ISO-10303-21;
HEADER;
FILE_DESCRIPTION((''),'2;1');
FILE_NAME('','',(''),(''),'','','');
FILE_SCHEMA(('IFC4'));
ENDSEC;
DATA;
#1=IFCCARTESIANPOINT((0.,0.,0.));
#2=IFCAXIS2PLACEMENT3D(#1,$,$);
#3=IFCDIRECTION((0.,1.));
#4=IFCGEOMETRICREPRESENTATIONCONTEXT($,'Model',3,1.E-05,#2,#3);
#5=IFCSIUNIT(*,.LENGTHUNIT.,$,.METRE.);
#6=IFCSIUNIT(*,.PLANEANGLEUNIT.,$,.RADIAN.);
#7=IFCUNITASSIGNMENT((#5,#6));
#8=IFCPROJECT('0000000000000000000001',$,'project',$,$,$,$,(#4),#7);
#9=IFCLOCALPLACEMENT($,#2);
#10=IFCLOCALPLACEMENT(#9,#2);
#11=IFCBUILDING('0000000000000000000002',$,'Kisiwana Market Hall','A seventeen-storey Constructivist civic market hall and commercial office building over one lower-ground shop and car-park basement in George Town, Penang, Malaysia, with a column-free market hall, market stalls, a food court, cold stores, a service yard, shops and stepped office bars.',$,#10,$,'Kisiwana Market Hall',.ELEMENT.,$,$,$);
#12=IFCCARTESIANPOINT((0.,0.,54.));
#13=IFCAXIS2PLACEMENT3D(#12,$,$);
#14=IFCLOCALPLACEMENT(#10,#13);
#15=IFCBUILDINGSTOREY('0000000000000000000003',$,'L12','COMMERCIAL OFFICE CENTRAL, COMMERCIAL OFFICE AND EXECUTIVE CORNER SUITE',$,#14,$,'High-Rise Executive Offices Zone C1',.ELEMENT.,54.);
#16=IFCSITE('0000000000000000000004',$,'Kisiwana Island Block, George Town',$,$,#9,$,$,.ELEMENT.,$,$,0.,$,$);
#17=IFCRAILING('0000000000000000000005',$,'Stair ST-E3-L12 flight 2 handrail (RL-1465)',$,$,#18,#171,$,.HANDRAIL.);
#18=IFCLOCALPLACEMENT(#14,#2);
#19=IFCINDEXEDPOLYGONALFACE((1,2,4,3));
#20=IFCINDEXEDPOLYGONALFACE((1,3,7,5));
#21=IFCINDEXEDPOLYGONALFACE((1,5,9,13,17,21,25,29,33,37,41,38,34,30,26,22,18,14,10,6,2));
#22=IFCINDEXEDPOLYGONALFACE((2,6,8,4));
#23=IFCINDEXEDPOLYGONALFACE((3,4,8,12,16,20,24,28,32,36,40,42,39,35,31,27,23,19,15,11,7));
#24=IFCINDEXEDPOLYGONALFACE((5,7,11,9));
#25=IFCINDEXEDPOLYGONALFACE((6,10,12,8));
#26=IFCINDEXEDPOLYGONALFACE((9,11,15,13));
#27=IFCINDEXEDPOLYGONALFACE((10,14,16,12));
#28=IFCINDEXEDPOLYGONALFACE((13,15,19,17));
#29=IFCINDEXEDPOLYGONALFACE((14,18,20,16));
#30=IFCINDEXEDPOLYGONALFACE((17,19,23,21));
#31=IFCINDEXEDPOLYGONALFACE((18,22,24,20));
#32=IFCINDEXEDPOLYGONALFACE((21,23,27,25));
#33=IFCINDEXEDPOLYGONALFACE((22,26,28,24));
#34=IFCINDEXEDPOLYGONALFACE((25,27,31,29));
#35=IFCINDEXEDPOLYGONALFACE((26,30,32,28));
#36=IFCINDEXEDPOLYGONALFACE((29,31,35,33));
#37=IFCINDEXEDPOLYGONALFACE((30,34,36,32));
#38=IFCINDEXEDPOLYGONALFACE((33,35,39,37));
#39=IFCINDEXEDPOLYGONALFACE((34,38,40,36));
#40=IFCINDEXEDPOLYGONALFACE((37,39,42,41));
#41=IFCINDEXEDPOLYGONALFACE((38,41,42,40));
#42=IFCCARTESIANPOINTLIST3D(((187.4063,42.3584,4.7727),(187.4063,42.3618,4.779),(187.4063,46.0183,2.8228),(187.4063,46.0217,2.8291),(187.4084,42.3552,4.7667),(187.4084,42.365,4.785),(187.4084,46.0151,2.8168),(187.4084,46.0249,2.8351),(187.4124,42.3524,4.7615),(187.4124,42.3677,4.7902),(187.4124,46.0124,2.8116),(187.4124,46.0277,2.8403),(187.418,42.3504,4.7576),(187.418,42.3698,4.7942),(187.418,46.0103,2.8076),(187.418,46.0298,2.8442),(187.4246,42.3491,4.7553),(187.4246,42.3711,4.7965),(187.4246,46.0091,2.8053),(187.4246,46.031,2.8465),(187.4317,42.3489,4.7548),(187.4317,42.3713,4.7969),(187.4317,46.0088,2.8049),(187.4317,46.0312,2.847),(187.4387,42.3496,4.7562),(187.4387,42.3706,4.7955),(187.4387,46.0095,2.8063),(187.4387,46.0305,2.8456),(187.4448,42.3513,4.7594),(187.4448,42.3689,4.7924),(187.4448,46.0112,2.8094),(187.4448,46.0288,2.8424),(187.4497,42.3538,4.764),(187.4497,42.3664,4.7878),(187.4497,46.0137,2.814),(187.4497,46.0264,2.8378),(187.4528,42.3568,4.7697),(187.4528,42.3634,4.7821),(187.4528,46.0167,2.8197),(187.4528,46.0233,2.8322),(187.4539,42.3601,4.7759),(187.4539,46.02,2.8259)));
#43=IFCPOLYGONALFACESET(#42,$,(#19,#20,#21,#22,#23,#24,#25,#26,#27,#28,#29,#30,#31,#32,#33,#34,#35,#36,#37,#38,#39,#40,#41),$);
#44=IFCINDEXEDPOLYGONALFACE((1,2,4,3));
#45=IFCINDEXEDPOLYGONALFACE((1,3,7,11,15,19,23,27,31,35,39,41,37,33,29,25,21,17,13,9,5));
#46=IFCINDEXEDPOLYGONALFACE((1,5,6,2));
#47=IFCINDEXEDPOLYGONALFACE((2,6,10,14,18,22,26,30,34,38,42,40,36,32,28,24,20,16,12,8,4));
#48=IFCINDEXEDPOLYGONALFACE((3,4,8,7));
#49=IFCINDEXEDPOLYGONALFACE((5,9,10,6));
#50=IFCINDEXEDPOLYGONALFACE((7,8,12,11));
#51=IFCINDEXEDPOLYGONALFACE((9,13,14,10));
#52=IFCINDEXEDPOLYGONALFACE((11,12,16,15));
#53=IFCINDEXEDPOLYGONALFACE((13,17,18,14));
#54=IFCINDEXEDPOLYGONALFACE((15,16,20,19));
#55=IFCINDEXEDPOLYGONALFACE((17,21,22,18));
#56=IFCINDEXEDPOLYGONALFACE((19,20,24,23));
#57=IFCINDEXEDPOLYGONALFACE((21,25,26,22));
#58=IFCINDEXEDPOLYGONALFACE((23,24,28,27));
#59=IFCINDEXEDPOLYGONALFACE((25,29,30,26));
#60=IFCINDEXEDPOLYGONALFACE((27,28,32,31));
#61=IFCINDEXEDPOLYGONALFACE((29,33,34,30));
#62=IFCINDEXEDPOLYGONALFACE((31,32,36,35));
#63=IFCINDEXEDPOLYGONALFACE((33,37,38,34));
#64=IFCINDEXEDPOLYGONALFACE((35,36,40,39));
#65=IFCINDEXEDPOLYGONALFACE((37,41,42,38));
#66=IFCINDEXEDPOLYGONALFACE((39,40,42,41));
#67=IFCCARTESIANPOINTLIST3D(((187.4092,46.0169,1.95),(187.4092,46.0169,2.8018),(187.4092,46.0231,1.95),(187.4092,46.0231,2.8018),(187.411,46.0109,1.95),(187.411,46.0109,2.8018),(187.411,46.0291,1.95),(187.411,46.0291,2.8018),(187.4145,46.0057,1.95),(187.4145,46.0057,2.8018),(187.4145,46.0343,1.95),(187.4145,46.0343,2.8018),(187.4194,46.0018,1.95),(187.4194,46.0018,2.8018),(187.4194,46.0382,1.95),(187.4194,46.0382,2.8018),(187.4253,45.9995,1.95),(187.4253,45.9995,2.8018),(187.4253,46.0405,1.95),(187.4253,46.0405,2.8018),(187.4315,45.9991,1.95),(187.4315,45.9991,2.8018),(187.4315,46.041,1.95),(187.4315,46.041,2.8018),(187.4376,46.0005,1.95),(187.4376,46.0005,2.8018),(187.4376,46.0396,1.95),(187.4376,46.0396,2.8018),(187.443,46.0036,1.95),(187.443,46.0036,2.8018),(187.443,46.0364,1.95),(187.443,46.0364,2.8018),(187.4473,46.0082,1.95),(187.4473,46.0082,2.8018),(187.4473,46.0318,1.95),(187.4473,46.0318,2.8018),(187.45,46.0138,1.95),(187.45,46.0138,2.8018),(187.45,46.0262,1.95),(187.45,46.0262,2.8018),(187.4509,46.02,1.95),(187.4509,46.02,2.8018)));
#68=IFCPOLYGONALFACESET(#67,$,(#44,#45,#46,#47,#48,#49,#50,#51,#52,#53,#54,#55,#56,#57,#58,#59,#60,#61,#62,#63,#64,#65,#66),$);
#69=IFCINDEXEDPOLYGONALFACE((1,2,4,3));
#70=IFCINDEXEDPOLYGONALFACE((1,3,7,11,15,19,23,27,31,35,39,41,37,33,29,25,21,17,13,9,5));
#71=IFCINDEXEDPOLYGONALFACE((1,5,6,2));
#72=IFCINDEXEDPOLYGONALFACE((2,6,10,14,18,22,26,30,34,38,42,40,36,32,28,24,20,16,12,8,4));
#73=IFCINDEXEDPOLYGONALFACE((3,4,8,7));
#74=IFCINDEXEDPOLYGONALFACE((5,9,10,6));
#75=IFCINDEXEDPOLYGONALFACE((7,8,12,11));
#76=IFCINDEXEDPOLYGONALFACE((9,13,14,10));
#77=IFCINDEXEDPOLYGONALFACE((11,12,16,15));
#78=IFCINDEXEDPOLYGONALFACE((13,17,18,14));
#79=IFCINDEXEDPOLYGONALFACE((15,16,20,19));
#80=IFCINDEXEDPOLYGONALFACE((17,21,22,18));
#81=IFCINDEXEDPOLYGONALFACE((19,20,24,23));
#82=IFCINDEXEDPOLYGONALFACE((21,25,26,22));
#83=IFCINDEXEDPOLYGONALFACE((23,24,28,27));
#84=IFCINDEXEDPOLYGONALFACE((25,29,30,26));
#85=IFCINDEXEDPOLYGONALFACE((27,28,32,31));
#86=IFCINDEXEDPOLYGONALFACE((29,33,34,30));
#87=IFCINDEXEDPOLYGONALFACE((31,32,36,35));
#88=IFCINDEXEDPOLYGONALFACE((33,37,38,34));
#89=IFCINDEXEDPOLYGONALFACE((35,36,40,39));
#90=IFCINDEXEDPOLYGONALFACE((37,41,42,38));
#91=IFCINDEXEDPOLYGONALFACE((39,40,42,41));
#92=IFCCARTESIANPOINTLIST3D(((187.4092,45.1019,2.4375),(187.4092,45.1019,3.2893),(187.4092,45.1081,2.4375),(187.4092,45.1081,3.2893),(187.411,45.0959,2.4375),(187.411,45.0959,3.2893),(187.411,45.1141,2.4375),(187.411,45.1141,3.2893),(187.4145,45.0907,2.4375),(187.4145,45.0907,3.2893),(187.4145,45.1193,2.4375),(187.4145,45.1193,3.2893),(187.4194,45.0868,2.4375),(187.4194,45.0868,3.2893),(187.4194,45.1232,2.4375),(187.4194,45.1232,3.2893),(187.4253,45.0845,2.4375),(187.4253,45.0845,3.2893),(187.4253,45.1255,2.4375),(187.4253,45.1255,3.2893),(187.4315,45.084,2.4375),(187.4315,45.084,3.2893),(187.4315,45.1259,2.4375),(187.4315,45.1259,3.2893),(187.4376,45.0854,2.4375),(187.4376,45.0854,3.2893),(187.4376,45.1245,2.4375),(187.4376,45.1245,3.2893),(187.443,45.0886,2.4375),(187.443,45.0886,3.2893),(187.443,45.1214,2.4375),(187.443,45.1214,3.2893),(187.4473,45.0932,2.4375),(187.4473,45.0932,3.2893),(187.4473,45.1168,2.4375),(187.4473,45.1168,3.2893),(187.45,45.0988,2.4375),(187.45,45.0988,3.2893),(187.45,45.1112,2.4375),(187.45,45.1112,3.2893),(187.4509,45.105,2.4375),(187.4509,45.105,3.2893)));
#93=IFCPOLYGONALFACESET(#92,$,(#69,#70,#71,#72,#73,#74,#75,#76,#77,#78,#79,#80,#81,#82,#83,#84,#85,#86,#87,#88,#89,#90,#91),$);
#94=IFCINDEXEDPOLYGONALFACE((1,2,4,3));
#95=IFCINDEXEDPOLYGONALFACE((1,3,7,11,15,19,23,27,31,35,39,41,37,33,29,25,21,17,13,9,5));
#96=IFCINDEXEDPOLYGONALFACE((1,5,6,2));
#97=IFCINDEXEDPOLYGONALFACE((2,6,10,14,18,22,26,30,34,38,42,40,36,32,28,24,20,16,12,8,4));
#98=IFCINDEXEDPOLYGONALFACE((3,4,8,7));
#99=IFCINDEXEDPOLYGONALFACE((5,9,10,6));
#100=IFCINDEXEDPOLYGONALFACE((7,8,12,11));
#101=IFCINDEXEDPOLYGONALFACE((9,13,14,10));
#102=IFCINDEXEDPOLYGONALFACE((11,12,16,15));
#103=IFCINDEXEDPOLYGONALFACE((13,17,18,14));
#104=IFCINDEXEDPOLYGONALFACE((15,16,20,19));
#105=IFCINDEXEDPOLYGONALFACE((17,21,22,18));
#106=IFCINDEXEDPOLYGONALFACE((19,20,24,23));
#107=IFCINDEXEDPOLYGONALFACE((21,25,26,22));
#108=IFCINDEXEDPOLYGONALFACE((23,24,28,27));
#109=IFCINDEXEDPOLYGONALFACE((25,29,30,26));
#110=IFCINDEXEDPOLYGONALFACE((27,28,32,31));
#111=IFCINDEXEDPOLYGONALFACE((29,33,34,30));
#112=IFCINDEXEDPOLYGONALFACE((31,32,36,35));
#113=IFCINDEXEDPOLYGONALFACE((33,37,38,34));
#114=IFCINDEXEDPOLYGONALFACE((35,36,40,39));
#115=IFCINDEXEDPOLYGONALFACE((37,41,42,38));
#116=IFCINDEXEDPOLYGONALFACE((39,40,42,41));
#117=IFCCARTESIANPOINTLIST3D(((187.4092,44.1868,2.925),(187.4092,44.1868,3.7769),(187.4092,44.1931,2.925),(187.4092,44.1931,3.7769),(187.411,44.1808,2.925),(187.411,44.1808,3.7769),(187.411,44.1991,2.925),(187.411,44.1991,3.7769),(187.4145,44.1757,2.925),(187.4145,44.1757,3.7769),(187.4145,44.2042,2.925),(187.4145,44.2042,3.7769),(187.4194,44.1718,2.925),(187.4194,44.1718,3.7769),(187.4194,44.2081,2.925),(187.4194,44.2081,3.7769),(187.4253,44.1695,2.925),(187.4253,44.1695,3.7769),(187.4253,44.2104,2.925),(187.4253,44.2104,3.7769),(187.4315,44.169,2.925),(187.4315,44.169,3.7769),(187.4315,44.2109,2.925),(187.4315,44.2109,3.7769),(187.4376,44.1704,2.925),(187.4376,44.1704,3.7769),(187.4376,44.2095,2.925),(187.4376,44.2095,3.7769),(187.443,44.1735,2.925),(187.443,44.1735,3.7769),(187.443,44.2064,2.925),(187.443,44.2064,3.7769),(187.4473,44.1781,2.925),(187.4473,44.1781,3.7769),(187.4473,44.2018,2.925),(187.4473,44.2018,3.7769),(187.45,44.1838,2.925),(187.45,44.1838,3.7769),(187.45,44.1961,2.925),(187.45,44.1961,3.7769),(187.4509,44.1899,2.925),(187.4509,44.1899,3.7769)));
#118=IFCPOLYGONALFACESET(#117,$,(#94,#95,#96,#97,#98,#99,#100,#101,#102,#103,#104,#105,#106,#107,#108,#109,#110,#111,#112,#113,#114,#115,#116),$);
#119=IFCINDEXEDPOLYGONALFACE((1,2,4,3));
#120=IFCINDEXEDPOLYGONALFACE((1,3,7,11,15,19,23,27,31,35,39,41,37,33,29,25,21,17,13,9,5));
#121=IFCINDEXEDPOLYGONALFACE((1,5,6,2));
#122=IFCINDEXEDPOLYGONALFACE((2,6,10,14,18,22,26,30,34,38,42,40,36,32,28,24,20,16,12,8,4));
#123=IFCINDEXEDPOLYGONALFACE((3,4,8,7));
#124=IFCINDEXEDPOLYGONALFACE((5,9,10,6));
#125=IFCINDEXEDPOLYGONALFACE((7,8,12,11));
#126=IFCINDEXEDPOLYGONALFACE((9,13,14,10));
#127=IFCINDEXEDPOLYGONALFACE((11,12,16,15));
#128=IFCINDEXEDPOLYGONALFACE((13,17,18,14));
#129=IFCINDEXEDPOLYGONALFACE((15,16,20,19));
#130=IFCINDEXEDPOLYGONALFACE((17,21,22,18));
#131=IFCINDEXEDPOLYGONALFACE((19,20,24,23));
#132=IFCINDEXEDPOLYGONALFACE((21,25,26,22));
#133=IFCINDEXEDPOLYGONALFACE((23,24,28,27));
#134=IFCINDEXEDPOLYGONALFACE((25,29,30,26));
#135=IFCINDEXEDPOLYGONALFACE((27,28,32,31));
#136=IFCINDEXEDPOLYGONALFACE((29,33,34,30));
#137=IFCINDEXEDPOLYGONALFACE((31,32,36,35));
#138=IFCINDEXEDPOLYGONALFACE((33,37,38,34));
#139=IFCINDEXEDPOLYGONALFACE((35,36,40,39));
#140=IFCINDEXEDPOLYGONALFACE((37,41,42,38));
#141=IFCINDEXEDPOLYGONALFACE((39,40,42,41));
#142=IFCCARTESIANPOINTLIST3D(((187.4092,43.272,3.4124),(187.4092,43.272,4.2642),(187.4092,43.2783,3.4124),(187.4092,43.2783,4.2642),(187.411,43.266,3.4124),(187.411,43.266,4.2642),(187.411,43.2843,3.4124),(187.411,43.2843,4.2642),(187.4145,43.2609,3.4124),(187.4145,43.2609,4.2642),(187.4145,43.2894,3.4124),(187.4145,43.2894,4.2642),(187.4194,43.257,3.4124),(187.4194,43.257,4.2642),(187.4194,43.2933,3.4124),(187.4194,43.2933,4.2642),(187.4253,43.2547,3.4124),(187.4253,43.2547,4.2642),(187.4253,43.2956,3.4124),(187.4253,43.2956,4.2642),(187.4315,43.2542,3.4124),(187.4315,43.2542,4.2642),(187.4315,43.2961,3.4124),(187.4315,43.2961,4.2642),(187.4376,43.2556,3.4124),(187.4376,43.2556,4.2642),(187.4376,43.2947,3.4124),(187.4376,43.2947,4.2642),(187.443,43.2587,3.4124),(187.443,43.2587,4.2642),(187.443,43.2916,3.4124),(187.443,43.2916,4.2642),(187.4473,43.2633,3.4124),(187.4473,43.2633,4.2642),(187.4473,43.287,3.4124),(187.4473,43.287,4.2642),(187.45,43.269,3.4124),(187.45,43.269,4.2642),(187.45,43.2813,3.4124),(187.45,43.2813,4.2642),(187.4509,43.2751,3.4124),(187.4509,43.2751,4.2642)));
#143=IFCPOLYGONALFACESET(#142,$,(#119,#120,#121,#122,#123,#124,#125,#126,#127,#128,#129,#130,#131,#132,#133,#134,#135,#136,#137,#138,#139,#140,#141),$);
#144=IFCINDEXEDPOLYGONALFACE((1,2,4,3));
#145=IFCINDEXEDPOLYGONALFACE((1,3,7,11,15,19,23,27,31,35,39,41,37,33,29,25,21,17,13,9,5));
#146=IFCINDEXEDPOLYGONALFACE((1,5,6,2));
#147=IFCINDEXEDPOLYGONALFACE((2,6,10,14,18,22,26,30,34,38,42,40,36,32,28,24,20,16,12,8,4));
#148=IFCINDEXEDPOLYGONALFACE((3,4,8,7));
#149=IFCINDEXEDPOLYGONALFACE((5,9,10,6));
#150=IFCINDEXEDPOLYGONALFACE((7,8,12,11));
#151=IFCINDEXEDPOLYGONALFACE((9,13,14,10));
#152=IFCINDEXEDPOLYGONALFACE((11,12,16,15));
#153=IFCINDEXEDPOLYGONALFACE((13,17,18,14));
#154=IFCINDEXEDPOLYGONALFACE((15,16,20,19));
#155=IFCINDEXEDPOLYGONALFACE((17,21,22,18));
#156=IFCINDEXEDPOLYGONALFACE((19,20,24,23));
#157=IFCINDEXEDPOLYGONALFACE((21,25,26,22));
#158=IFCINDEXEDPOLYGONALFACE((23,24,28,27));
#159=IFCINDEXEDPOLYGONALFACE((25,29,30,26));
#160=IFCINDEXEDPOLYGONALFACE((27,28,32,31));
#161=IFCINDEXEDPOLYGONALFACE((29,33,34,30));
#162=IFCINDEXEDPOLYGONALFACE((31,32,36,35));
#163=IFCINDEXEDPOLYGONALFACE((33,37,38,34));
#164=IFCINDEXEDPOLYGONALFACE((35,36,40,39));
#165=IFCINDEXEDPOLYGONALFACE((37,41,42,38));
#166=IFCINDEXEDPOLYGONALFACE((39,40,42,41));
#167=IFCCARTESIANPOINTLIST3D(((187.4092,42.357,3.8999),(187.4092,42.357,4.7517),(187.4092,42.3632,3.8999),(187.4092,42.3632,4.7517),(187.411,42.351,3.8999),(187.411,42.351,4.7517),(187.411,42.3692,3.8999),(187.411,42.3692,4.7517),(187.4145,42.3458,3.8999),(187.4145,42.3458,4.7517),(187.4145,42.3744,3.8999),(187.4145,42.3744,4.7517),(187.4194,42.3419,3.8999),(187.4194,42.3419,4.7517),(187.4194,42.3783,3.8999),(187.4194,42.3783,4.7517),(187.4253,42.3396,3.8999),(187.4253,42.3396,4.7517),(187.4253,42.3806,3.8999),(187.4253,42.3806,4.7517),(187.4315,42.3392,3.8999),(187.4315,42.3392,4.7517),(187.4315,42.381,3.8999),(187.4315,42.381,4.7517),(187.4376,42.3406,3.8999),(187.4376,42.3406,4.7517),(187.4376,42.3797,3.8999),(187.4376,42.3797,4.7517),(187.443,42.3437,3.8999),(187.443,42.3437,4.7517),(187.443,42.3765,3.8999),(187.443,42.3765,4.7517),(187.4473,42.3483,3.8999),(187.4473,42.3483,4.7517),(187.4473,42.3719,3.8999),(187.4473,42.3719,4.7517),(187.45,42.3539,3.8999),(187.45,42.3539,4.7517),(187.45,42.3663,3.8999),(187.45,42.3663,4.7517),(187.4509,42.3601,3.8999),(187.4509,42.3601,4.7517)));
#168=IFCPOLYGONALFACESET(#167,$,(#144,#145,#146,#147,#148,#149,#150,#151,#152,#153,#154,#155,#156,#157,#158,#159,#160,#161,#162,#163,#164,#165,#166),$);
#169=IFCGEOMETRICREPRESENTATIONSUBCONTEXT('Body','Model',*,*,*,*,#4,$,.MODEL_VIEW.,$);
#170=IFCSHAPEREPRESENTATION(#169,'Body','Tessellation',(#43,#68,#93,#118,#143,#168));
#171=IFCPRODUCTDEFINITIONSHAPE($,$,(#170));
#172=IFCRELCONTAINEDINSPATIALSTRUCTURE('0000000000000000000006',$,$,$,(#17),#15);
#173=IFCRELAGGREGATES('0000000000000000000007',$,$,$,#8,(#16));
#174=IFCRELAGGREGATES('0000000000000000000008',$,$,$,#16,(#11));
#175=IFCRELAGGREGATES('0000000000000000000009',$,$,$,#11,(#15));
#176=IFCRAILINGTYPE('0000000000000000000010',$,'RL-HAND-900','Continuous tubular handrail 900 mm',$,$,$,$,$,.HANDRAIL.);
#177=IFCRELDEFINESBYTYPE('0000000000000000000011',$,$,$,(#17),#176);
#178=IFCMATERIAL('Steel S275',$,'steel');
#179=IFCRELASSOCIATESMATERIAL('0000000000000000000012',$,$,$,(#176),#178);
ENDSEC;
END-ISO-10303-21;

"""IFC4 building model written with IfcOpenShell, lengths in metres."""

from ifc_helpers import new_model, si_unit, direction, frame, origin, origin_2d, place, context, subcontext, project, spatial, circle, extrude, material, type_object, element, save


model = new_model("IFC4")

# Units and contexts
model_context = context("Model", 3, precision=1e-05, world=origin(), true_north=direction((0.0, 1.0)))
body_context = subcontext(model_context, "Body", "Model", "MODEL_VIEW")
ifc_project = project(units=[si_unit("LENGTHUNIT", "METRE"), si_unit("PLANEANGLEUNIT", "RADIAN")], contexts=[model_context])

# Site, building, storey
site_placement = place(None, origin())
site = spatial("IfcSite", under=ifc_project, at=site_placement, Name="Kisiwana Island Block, George Town", CompositionType="ELEMENT", RefElevation=0.0)
building_placement = place(site_placement, origin())
building = spatial("IfcBuilding", under=site, at=building_placement, Name="Kisiwana Market Hall", Description="A seventeen-storey Constructivist civic market hall and commercial office building over one lower-ground shop and car-park basement in George Town, Penang, Malaysia, with a column-free market hall, market stalls, a food court, cold stores, a service yard, shops and stepped office bars.", LongName="Kisiwana Market Hall", CompositionType="ELEMENT")
storey_placement = place(building_placement, frame((0.0, 0.0, 54.0)))
storey = spatial("IfcBuildingStorey", under=building, at=storey_placement, Name="L12", Description="COMMERCIAL OFFICE CENTRAL, COMMERCIAL OFFICE AND EXECUTIVE CORNER SUITE", LongName="High-Rise Executive Offices Zone C1", CompositionType="ELEMENT", Elevation=54.0)

# Railing
ifc_material_1 = material(Name="Steel S275", Category="steel")
railing_type_1 = type_object("IfcRailingType", Name="RL-HAND-900", Description="Continuous tubular handrail 900 mm", PredefinedType="HANDRAIL", material=ifc_material_1)
railing_1_placement = place(storey_placement, frame((187.4299, 46.02, 1.95)))
element("IfcRailing", 1, at=railing_1_placement, inside=storey, type_object=railing_type_1, Name="Stair ST-E3-L12 flight 2 handrail (RL-1465)", PredefinedType="HANDRAIL", context=body_context, shape_type="SweptSolid", body=[
    extrude(circle(Radius=0.0239, at=origin_2d()), frame((0.0, 0.0, 0.876), z_axis=(0.0, -0.882553, 0.470212), x_axis=(1.0, 0.0, 0.0)), (0.0, 0.0, 1.0), 4.147),
    extrude(circle(Radius=0.021, at=origin_2d()), origin(), (0.0, 0.0, 1.0), 0.8518),
    extrude(circle(Radius=0.021, at=origin_2d()), frame((0.0, -0.915, 0.4875)), (0.0, 0.0, 1.0), 0.8518),
    extrude(circle(Radius=0.021, at=origin_2d()), frame((0.0, -1.8301, 0.9751)), (0.0, 0.0, 1.0), 0.8518),
    extrude(circle(Radius=0.021, at=origin_2d()), frame((0.0, -2.7449, 1.4624)), (0.0, 0.0, 1.0), 0.8518),
    extrude(circle(Radius=0.021, at=origin_2d()), frame((0.0, -3.6599, 1.95)), (0.0, 0.0, 1.0), 0.8518),
])

save(model, "model.ifc")
